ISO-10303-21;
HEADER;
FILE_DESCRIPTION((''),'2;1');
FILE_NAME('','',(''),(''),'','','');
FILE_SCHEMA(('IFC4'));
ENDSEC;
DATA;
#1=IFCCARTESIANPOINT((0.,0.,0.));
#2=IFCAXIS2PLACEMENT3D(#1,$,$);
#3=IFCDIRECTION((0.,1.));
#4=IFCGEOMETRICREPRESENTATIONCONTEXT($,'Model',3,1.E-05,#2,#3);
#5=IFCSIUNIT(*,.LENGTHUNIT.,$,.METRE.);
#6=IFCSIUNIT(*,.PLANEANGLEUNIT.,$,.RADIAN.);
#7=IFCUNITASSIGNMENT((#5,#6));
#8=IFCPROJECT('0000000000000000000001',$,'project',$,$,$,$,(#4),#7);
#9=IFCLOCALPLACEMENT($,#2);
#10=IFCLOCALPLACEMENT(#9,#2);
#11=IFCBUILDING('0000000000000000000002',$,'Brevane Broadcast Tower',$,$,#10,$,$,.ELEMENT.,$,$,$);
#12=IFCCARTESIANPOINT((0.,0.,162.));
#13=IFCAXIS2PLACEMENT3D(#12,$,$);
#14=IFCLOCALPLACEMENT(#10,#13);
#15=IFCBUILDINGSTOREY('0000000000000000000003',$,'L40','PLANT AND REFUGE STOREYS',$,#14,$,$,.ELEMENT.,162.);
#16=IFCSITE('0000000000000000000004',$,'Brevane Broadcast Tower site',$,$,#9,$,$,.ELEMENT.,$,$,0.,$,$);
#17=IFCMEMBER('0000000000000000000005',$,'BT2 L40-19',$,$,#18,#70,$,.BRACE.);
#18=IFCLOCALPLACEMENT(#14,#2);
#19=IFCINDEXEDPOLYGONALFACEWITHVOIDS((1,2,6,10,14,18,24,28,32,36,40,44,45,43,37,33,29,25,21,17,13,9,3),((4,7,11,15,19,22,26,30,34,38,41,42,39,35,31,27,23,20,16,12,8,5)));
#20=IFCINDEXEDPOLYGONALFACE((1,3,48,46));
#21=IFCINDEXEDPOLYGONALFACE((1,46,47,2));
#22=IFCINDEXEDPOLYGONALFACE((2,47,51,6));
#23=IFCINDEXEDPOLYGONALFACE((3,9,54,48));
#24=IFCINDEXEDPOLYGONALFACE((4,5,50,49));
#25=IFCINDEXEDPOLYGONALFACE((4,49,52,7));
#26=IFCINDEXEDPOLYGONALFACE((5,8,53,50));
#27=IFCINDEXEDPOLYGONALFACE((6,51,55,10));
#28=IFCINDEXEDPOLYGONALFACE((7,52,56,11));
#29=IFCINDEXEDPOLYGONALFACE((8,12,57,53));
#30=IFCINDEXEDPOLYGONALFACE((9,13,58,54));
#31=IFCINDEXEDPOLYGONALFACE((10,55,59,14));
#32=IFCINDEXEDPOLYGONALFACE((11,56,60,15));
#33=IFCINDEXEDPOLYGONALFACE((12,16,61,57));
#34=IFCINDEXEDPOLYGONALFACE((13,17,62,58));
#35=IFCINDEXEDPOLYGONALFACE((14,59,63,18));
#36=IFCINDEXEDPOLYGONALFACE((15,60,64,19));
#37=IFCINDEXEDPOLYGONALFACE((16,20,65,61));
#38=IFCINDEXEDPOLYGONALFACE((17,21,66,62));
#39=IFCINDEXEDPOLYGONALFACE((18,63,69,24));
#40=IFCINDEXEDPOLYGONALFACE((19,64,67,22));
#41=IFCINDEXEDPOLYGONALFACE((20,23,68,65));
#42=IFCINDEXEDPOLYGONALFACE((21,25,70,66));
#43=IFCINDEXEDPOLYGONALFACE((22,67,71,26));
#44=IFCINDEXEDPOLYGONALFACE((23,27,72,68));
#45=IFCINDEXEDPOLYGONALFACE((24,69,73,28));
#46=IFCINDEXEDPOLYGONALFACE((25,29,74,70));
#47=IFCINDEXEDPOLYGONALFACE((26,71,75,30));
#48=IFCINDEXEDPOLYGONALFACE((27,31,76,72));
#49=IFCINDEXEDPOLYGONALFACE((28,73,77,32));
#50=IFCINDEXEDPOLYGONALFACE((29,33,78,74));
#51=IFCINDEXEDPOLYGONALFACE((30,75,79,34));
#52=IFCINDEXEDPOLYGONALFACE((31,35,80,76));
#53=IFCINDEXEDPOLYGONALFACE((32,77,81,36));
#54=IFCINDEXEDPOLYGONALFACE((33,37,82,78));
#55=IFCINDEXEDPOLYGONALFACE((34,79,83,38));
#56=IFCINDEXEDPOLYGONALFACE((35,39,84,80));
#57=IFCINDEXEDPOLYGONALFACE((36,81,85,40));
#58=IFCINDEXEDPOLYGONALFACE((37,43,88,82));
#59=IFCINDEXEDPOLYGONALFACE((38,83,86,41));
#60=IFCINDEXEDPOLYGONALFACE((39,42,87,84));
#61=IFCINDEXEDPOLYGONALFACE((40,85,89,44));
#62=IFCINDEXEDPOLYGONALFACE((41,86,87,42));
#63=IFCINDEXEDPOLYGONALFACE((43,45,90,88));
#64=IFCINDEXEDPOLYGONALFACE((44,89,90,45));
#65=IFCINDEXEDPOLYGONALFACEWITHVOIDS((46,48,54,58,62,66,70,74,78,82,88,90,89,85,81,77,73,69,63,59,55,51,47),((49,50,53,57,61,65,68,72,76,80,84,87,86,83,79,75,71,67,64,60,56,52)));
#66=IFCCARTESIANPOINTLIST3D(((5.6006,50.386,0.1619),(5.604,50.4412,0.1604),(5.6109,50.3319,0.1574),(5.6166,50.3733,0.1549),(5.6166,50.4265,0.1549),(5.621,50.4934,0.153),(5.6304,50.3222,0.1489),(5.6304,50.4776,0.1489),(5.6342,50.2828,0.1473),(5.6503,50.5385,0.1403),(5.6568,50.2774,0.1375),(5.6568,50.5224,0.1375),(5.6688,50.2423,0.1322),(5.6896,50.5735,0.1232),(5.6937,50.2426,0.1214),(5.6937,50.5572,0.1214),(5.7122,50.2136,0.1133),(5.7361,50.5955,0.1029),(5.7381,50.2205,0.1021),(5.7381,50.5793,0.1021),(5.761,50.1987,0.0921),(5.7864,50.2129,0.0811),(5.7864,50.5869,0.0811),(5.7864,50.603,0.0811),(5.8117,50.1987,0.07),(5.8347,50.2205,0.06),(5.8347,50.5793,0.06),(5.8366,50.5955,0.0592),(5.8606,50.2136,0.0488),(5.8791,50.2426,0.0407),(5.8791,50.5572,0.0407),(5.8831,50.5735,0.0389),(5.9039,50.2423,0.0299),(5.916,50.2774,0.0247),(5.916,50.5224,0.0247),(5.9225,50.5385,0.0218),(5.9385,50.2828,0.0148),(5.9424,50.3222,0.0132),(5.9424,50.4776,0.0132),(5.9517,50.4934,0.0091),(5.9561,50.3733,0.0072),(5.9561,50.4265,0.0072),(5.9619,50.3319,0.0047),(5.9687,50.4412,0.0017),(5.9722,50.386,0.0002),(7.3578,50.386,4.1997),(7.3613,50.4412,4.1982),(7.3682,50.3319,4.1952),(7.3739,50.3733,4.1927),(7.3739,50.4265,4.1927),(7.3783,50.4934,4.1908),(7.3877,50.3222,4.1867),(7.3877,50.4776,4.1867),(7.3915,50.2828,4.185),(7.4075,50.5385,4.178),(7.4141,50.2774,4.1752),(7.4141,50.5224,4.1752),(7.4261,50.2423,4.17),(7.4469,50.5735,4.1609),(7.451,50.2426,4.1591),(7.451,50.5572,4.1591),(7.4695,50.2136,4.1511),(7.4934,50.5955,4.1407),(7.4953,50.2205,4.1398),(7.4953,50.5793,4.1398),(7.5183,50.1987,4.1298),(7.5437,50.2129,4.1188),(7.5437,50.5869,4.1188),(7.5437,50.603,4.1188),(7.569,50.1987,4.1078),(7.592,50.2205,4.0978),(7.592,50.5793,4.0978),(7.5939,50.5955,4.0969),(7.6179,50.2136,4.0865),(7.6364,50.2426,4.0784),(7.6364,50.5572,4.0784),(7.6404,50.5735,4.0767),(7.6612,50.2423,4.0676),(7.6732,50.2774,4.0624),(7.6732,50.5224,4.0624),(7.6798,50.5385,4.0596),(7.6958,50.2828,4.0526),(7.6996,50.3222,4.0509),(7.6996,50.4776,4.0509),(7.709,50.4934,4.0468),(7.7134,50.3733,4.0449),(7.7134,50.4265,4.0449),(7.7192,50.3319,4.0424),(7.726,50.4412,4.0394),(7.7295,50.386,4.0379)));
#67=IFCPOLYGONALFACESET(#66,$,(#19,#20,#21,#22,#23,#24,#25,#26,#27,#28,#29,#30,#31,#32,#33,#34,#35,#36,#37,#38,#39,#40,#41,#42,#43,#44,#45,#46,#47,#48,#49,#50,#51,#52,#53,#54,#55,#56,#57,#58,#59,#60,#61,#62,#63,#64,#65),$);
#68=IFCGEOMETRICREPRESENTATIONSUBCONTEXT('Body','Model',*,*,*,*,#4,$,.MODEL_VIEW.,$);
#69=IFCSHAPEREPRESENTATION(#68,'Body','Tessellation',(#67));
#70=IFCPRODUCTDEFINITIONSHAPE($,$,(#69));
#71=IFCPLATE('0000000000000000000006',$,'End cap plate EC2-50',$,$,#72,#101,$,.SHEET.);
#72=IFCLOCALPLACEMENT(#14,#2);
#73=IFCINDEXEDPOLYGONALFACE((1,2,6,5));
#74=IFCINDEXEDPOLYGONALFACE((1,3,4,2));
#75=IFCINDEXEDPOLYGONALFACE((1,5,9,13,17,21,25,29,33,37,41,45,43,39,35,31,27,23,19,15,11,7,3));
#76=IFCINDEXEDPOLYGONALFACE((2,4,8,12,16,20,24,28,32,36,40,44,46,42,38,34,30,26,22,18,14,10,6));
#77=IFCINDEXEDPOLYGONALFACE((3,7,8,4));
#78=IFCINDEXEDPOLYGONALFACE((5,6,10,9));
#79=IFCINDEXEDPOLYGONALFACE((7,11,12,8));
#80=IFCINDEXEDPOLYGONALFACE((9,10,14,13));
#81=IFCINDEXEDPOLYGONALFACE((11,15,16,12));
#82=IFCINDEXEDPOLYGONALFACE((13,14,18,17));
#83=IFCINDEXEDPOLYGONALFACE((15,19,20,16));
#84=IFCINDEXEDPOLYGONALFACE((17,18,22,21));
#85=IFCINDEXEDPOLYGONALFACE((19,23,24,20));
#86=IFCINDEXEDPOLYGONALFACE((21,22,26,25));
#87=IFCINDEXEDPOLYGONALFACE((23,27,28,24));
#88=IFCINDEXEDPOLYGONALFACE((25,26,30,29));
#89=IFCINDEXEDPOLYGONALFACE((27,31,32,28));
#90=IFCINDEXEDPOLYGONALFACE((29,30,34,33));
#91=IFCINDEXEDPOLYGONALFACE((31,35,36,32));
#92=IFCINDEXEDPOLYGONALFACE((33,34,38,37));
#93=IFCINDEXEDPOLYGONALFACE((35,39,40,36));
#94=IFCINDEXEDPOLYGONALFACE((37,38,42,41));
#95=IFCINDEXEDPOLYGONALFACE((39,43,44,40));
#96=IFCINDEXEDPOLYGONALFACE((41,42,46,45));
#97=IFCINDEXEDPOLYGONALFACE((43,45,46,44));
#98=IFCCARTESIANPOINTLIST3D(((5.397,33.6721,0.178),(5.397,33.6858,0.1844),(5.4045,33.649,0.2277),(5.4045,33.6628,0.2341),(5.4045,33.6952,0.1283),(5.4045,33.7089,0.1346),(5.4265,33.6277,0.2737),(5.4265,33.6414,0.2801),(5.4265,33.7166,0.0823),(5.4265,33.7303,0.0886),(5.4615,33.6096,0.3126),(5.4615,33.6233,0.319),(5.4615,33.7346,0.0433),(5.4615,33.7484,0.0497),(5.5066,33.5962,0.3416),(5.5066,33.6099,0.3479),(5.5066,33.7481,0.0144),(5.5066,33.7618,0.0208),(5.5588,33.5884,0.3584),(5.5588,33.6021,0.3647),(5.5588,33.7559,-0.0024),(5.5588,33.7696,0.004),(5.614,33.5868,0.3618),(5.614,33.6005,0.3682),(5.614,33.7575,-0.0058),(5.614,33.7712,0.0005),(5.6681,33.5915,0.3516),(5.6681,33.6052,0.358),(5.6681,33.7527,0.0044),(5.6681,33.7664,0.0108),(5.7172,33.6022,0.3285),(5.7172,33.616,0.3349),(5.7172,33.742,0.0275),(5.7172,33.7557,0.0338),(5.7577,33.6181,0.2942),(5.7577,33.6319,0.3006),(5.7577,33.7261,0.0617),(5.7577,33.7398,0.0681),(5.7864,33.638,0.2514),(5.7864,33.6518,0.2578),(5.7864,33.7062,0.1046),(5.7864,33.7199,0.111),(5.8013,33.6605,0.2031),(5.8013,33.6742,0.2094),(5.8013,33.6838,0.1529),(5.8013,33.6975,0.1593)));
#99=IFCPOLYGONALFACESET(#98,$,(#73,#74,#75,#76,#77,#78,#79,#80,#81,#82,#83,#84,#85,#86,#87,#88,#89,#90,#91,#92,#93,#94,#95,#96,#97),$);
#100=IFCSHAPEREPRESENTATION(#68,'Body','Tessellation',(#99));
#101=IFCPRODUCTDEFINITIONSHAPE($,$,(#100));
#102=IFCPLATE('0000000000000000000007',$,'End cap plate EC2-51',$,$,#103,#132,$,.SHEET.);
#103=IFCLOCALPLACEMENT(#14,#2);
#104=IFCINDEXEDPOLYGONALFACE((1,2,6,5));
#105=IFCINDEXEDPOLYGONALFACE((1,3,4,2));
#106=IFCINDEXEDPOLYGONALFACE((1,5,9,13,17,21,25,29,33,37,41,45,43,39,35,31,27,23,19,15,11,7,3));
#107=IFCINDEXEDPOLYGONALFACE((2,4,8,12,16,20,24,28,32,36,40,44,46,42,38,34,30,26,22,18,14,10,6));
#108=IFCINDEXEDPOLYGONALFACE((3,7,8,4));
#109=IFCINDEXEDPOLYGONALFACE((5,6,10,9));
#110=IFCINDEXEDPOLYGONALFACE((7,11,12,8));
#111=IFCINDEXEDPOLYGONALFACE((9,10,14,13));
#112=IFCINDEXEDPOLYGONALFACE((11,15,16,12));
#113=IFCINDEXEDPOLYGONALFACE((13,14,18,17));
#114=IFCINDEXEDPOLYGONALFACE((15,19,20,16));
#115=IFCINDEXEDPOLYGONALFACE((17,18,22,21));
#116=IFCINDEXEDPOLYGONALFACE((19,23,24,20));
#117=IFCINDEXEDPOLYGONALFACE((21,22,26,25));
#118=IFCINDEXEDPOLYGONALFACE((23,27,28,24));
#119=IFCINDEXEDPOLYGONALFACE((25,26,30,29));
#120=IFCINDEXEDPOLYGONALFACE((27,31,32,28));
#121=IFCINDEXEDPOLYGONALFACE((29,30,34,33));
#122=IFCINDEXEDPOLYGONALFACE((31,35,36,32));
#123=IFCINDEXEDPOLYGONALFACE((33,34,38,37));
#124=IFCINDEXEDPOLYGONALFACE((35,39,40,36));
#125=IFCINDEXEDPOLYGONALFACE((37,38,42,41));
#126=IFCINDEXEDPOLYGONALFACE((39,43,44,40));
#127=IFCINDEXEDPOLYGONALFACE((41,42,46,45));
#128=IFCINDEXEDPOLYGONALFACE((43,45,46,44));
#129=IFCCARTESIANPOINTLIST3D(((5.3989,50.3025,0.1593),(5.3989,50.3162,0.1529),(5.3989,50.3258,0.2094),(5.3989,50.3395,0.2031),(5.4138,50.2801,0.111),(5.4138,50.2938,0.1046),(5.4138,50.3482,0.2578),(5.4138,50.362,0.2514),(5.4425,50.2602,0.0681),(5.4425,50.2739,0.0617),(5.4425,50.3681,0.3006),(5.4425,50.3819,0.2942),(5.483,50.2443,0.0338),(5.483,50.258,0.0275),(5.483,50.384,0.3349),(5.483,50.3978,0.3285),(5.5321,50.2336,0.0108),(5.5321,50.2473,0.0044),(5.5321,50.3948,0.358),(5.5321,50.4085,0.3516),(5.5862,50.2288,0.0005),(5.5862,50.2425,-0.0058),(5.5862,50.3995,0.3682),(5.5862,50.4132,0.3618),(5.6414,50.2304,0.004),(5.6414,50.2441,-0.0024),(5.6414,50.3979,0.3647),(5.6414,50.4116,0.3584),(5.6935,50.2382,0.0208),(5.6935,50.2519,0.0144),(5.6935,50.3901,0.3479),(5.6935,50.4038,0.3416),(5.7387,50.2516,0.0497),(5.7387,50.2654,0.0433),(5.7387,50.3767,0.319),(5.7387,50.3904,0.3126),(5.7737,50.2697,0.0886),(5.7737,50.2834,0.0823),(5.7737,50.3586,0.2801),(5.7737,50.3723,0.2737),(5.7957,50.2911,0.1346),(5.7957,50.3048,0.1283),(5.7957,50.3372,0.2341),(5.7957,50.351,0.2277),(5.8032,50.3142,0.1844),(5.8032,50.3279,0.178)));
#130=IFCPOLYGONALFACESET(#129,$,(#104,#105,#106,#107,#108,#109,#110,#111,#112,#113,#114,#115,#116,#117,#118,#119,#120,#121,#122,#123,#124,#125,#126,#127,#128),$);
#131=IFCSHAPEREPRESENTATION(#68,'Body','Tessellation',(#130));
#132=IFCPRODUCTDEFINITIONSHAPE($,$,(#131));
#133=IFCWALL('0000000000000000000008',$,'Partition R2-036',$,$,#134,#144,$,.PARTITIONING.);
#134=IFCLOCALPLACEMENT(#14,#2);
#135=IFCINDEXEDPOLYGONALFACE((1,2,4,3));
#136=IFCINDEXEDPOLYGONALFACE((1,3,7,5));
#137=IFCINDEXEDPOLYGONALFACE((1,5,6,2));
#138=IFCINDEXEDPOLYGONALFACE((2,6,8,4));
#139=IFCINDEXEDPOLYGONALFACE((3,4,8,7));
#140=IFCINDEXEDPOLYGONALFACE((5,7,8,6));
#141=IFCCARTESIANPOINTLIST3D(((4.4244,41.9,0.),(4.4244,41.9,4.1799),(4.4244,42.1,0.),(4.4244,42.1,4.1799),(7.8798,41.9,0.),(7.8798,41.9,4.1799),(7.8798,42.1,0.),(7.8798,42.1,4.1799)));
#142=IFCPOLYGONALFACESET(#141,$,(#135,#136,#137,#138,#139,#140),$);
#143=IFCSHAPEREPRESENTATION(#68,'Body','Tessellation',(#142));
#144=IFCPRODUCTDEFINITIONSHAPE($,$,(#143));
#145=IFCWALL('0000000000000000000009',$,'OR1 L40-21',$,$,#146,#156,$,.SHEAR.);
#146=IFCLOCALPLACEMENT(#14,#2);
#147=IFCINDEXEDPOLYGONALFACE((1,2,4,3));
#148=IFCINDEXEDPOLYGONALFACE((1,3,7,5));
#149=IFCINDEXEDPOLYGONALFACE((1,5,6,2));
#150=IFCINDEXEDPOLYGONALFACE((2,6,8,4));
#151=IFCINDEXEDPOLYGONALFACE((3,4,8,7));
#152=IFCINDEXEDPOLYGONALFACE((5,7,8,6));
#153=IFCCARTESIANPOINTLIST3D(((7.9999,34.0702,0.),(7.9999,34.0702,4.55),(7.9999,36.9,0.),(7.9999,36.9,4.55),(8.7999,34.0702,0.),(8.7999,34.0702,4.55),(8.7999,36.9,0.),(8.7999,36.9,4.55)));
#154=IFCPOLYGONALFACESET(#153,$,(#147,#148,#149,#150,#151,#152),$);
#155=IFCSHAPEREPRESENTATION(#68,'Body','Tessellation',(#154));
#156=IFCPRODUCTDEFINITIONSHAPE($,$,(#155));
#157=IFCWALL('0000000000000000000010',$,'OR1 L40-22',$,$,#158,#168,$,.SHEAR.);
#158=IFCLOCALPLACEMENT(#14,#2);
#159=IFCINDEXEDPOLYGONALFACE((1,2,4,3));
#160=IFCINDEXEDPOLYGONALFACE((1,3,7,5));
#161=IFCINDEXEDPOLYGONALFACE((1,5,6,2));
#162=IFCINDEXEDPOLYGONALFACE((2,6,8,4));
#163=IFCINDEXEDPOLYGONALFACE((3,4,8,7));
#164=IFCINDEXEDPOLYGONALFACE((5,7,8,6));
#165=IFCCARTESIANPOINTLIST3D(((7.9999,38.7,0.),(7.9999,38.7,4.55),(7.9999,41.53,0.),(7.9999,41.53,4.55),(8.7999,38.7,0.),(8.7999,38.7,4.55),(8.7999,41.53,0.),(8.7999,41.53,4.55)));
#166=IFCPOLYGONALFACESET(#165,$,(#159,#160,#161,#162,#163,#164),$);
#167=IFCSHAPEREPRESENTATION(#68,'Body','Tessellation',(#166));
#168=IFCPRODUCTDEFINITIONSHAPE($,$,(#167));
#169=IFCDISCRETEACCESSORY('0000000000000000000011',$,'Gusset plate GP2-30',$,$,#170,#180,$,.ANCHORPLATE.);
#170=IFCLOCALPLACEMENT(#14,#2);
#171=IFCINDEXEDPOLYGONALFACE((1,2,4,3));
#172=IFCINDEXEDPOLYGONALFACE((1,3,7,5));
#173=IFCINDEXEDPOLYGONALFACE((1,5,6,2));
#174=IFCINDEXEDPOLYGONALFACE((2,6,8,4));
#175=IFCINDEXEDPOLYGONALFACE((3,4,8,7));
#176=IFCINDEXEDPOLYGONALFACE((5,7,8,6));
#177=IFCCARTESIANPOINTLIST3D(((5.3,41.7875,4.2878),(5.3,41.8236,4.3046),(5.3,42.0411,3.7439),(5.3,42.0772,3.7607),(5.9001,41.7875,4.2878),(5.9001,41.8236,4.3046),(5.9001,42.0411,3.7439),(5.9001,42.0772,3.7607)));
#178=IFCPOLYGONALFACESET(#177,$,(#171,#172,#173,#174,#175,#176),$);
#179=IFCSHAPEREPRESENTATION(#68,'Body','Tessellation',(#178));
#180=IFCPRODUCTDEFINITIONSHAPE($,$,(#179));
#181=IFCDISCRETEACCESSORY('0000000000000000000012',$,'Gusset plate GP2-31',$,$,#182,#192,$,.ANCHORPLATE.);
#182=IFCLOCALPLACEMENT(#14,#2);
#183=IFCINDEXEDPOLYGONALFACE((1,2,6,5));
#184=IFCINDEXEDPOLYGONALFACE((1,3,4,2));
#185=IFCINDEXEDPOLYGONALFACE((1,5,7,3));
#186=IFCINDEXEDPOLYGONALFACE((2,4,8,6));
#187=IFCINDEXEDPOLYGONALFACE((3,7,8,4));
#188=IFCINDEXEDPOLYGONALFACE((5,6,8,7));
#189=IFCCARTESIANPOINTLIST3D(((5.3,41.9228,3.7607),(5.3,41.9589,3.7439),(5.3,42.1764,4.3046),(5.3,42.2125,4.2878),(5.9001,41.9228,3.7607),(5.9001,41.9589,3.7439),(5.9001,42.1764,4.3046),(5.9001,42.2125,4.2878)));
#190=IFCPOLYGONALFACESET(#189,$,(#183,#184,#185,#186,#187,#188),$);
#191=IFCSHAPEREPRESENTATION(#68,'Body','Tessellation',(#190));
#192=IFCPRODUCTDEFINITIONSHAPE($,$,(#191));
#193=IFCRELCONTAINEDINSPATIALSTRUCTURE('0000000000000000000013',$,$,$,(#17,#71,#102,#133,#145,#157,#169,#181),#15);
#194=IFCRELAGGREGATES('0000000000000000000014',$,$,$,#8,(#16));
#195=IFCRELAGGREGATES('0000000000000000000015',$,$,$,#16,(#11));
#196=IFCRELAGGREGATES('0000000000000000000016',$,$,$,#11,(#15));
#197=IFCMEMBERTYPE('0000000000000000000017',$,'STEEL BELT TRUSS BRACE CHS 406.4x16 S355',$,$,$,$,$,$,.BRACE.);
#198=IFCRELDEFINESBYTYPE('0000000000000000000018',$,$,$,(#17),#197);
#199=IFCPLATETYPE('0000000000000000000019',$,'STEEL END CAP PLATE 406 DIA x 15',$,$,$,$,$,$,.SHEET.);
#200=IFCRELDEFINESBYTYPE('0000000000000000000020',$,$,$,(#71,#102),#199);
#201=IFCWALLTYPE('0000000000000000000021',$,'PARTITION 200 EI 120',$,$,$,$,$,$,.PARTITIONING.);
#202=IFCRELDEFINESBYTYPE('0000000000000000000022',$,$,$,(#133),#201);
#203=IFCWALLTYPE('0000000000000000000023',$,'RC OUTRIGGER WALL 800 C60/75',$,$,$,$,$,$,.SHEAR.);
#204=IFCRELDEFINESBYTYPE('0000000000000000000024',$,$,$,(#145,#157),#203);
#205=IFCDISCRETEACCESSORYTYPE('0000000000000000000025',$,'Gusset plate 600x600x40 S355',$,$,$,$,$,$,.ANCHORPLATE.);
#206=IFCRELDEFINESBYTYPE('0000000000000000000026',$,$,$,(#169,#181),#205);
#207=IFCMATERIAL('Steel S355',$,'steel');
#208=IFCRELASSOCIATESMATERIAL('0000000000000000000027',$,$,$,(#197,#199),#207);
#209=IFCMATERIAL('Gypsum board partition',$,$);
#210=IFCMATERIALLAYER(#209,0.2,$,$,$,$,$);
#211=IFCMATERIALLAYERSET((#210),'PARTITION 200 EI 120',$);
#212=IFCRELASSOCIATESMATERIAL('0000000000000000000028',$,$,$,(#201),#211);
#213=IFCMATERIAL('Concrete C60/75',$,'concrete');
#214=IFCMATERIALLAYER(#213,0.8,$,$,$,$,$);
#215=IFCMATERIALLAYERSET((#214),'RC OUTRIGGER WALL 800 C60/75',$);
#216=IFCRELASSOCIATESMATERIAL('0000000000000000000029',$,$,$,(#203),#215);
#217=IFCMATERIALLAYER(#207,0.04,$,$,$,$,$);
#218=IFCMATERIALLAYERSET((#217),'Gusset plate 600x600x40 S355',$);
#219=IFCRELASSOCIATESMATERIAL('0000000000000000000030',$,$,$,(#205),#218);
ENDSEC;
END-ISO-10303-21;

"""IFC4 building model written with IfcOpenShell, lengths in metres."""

from ifc_helpers import new_model, si_unit, direction, frame, frame_2d, origin, origin_2d, place, context, subcontext, project, spatial, rectangle, circle, hollow_circle, extrude, material, layer, layer_set, material_profile, profile_set, type_object, element, save


model = new_model("IFC4")

# Units and contexts
model_context = context("Model", 3, precision=1e-05, world=origin(), true_north=direction((0.0, 1.0)))
body_context = subcontext(model_context, "Body", "Model", "MODEL_VIEW")
ifc_project = project(units=[si_unit("LENGTHUNIT", "METRE"), si_unit("PLANEANGLEUNIT", "RADIAN")], contexts=[model_context])

# Site, building, storey
site_placement = place(None, origin())
site = spatial("IfcSite", under=ifc_project, at=site_placement, Name="Brevane Broadcast Tower site", CompositionType="ELEMENT", RefElevation=0.0)
building_placement = place(site_placement, origin())
building = spatial("IfcBuilding", under=site, at=building_placement, Name="Brevane Broadcast Tower", CompositionType="ELEMENT")
storey_placement = place(building_placement, frame((0.0, 0.0, 162.0)))
storey = spatial("IfcBuildingStorey", under=building, at=storey_placement, Name="L40", Description="PLANT AND REFUGE STOREYS", CompositionType="ELEMENT", Elevation=162.0)

# Shared definitions
ifc_material_1 = material(Name="Concrete C60/75", Category="concrete")

# Member
ifc_material_2 = material(Name="Steel S355", Category="steel")
ifc_material_profile_1 = material_profile(ifc_material_2, hollow_circle(Radius=0.2031, WallThickness=0.0161, at=origin_2d()), Name="CHS 406.4x16")
ifc_profile_set_1 = profile_set([ifc_material_profile_1], Name="Steel S355")
member_type_1 = type_object("IfcMemberType", Name="STEEL BELT TRUSS BRACE CHS 406.4x16 S355", PredefinedType="BRACE", material=ifc_profile_set_1)
member_1_placement = place(storey_placement, frame((5.7864, 50.3999, 0.0811), z_axis=(0.399059, 0.0, 0.916925), x_axis=(0.0, 1.0, 0.0)))
element("IfcMember", 1, at=member_1_placement, inside=storey, type_object=member_type_1, Name="BT2 L40-19", PredefinedType="BRACE", context=body_context, shape_type="SweptSolid", body=[
    extrude(hollow_circle(Radius=0.2031, WallThickness=0.0161, at=origin_2d()), origin(), (0.0, 0.0, 1.0), 4.4036),
])

# Plates
ifc_material_profile_2 = material_profile(ifc_material_2, circle(Radius=0.2031, at=origin_2d()), Name="PL 406 DIA x 15")
ifc_profile_set_2 = profile_set([ifc_material_profile_2], Name="Steel S355")
plate_type = type_object("IfcPlateType", Name="STEEL END CAP PLATE 406 DIA x 15", PredefinedType="SHEET", material=ifc_profile_set_2)
for number, where, z_axis, x_axis, name in (
    (2, (5.6001, 33.6721, 0.178), (0.0, 0.907009, 0.421111), (-1.0, 0.0, 0.0), "End cap plate EC2-50"),
    (3, (5.6001, 50.3279, 0.178), (0.0, -0.907009, 0.421111), (1.0, 0.0, 0.0), "End cap plate EC2-51"),
):
    element("IfcPlate", number, at=place(storey_placement, frame(where, z_axis=z_axis, x_axis=x_axis)), inside=storey, type_object=plate_type, Name=name, PredefinedType="SHEET", context=body_context, shape_type="SweptSolid", body=[
        extrude(circle(Radius=0.2031, at=origin_2d()), origin(), (0.0, 0.0, 1.0), 0.0151),
    ])

# Walls
ifc_material_3 = material(Name="Gypsum board partition")
ifc_layer_1 = layer(ifc_material_3, 0.2)
ifc_layer_set_1 = layer_set([ifc_layer_1], Name="PARTITION 200 EI 120")
wall_type_1 = type_object("IfcWallType", Name="PARTITION 200 EI 120", PredefinedType="PARTITIONING", material=ifc_layer_set_1)
wall_1_placement = place(storey_placement, frame((4.4246, 42.0, 0.0), z_axis=(0.0, 0.0, 1.0), x_axis=(1.0, 0.0, 0.0)))
element("IfcWall", 4, at=wall_1_placement, inside=storey, type_object=wall_type_1, Name="Partition R2-036", PredefinedType="PARTITIONING", context=body_context, shape_type="SweptSolid", body=[
    extrude(rectangle(XDim=3.4553, YDim=0.2, at=frame_2d((1.7275, 0.0))), origin(), (0.0, 0.0, 1.0), 4.1799),
])
ifc_layer_2 = layer(ifc_material_1, 0.8)
ifc_layer_set_2 = layer_set([ifc_layer_2], Name="RC OUTRIGGER WALL 800 C60/75")
wall_type_2 = type_object("IfcWallType", Name="RC OUTRIGGER WALL 800 C60/75", PredefinedType="SHEAR", material=ifc_layer_set_2)
wall_2_placement = place(storey_placement, frame((8.3999, 34.0701, 0.0), z_axis=(0.0, 0.0, 1.0), x_axis=(0.0, 1.0, 0.0)))
element("IfcWall", 5, at=wall_2_placement, inside=storey, type_object=wall_type_2, Name="OR1 L40-21", PredefinedType="SHEAR", context=body_context, shape_type="SweptSolid", body=[
    extrude(rectangle(XDim=2.8298, YDim=0.8, at=frame_2d((1.415, 0.0))), origin(), (0.0, 0.0, 1.0), 4.55),
])
wall_3_placement = place(storey_placement, frame((8.3999, 38.7, 0.0), z_axis=(0.0, 0.0, 1.0), x_axis=(0.0, 1.0, 0.0)))
element("IfcWall", 6, at=wall_3_placement, inside=storey, type_object=wall_type_2, Name="OR1 L40-22", PredefinedType="SHEAR", context=body_context, shape_type="SweptSolid", body=[
    extrude(rectangle(XDim=2.8301, YDim=0.8, at=frame_2d((1.415, 0.0))), origin(), (0.0, 0.0, 1.0), 4.55),
])

# Discrete accessories
ifc_layer_3 = layer(ifc_material_2, 0.04)
ifc_layer_set_3 = layer_set([ifc_layer_3], Name="Gusset plate 600x600x40 S355")
discrete_accessory_type = type_object("IfcDiscreteAccessoryType", Name="Gusset plate 600x600x40 S355", PredefinedType="ANCHORPLATE", material=ifc_layer_set_3)
for number, where, z_axis, x_axis, name in (
    (7, (5.6001, 41.9143, 4.0159), (0.0, 0.90634, 0.42255), (-1.0, 0.0, 0.0), "Gusset plate GP2-30"),
    (8, (5.6001, 42.0857, 4.0159), (0.0, -0.90634, 0.42255), (1.0, 0.0, 0.0), "Gusset plate GP2-31"),
):
    element("IfcDiscreteAccessory", number, at=place(storey_placement, frame(where, z_axis=z_axis, x_axis=x_axis)), inside=storey, type_object=discrete_accessory_type, Name=name, PredefinedType="ANCHORPLATE", context=body_context, shape_type="SweptSolid", body=[
        extrude(rectangle(XDim=0.6001, YDim=0.6001, at=origin_2d()), origin(), (0.0, 0.0, 1.0), 0.0398),
    ])

save(model, "model.ifc")
